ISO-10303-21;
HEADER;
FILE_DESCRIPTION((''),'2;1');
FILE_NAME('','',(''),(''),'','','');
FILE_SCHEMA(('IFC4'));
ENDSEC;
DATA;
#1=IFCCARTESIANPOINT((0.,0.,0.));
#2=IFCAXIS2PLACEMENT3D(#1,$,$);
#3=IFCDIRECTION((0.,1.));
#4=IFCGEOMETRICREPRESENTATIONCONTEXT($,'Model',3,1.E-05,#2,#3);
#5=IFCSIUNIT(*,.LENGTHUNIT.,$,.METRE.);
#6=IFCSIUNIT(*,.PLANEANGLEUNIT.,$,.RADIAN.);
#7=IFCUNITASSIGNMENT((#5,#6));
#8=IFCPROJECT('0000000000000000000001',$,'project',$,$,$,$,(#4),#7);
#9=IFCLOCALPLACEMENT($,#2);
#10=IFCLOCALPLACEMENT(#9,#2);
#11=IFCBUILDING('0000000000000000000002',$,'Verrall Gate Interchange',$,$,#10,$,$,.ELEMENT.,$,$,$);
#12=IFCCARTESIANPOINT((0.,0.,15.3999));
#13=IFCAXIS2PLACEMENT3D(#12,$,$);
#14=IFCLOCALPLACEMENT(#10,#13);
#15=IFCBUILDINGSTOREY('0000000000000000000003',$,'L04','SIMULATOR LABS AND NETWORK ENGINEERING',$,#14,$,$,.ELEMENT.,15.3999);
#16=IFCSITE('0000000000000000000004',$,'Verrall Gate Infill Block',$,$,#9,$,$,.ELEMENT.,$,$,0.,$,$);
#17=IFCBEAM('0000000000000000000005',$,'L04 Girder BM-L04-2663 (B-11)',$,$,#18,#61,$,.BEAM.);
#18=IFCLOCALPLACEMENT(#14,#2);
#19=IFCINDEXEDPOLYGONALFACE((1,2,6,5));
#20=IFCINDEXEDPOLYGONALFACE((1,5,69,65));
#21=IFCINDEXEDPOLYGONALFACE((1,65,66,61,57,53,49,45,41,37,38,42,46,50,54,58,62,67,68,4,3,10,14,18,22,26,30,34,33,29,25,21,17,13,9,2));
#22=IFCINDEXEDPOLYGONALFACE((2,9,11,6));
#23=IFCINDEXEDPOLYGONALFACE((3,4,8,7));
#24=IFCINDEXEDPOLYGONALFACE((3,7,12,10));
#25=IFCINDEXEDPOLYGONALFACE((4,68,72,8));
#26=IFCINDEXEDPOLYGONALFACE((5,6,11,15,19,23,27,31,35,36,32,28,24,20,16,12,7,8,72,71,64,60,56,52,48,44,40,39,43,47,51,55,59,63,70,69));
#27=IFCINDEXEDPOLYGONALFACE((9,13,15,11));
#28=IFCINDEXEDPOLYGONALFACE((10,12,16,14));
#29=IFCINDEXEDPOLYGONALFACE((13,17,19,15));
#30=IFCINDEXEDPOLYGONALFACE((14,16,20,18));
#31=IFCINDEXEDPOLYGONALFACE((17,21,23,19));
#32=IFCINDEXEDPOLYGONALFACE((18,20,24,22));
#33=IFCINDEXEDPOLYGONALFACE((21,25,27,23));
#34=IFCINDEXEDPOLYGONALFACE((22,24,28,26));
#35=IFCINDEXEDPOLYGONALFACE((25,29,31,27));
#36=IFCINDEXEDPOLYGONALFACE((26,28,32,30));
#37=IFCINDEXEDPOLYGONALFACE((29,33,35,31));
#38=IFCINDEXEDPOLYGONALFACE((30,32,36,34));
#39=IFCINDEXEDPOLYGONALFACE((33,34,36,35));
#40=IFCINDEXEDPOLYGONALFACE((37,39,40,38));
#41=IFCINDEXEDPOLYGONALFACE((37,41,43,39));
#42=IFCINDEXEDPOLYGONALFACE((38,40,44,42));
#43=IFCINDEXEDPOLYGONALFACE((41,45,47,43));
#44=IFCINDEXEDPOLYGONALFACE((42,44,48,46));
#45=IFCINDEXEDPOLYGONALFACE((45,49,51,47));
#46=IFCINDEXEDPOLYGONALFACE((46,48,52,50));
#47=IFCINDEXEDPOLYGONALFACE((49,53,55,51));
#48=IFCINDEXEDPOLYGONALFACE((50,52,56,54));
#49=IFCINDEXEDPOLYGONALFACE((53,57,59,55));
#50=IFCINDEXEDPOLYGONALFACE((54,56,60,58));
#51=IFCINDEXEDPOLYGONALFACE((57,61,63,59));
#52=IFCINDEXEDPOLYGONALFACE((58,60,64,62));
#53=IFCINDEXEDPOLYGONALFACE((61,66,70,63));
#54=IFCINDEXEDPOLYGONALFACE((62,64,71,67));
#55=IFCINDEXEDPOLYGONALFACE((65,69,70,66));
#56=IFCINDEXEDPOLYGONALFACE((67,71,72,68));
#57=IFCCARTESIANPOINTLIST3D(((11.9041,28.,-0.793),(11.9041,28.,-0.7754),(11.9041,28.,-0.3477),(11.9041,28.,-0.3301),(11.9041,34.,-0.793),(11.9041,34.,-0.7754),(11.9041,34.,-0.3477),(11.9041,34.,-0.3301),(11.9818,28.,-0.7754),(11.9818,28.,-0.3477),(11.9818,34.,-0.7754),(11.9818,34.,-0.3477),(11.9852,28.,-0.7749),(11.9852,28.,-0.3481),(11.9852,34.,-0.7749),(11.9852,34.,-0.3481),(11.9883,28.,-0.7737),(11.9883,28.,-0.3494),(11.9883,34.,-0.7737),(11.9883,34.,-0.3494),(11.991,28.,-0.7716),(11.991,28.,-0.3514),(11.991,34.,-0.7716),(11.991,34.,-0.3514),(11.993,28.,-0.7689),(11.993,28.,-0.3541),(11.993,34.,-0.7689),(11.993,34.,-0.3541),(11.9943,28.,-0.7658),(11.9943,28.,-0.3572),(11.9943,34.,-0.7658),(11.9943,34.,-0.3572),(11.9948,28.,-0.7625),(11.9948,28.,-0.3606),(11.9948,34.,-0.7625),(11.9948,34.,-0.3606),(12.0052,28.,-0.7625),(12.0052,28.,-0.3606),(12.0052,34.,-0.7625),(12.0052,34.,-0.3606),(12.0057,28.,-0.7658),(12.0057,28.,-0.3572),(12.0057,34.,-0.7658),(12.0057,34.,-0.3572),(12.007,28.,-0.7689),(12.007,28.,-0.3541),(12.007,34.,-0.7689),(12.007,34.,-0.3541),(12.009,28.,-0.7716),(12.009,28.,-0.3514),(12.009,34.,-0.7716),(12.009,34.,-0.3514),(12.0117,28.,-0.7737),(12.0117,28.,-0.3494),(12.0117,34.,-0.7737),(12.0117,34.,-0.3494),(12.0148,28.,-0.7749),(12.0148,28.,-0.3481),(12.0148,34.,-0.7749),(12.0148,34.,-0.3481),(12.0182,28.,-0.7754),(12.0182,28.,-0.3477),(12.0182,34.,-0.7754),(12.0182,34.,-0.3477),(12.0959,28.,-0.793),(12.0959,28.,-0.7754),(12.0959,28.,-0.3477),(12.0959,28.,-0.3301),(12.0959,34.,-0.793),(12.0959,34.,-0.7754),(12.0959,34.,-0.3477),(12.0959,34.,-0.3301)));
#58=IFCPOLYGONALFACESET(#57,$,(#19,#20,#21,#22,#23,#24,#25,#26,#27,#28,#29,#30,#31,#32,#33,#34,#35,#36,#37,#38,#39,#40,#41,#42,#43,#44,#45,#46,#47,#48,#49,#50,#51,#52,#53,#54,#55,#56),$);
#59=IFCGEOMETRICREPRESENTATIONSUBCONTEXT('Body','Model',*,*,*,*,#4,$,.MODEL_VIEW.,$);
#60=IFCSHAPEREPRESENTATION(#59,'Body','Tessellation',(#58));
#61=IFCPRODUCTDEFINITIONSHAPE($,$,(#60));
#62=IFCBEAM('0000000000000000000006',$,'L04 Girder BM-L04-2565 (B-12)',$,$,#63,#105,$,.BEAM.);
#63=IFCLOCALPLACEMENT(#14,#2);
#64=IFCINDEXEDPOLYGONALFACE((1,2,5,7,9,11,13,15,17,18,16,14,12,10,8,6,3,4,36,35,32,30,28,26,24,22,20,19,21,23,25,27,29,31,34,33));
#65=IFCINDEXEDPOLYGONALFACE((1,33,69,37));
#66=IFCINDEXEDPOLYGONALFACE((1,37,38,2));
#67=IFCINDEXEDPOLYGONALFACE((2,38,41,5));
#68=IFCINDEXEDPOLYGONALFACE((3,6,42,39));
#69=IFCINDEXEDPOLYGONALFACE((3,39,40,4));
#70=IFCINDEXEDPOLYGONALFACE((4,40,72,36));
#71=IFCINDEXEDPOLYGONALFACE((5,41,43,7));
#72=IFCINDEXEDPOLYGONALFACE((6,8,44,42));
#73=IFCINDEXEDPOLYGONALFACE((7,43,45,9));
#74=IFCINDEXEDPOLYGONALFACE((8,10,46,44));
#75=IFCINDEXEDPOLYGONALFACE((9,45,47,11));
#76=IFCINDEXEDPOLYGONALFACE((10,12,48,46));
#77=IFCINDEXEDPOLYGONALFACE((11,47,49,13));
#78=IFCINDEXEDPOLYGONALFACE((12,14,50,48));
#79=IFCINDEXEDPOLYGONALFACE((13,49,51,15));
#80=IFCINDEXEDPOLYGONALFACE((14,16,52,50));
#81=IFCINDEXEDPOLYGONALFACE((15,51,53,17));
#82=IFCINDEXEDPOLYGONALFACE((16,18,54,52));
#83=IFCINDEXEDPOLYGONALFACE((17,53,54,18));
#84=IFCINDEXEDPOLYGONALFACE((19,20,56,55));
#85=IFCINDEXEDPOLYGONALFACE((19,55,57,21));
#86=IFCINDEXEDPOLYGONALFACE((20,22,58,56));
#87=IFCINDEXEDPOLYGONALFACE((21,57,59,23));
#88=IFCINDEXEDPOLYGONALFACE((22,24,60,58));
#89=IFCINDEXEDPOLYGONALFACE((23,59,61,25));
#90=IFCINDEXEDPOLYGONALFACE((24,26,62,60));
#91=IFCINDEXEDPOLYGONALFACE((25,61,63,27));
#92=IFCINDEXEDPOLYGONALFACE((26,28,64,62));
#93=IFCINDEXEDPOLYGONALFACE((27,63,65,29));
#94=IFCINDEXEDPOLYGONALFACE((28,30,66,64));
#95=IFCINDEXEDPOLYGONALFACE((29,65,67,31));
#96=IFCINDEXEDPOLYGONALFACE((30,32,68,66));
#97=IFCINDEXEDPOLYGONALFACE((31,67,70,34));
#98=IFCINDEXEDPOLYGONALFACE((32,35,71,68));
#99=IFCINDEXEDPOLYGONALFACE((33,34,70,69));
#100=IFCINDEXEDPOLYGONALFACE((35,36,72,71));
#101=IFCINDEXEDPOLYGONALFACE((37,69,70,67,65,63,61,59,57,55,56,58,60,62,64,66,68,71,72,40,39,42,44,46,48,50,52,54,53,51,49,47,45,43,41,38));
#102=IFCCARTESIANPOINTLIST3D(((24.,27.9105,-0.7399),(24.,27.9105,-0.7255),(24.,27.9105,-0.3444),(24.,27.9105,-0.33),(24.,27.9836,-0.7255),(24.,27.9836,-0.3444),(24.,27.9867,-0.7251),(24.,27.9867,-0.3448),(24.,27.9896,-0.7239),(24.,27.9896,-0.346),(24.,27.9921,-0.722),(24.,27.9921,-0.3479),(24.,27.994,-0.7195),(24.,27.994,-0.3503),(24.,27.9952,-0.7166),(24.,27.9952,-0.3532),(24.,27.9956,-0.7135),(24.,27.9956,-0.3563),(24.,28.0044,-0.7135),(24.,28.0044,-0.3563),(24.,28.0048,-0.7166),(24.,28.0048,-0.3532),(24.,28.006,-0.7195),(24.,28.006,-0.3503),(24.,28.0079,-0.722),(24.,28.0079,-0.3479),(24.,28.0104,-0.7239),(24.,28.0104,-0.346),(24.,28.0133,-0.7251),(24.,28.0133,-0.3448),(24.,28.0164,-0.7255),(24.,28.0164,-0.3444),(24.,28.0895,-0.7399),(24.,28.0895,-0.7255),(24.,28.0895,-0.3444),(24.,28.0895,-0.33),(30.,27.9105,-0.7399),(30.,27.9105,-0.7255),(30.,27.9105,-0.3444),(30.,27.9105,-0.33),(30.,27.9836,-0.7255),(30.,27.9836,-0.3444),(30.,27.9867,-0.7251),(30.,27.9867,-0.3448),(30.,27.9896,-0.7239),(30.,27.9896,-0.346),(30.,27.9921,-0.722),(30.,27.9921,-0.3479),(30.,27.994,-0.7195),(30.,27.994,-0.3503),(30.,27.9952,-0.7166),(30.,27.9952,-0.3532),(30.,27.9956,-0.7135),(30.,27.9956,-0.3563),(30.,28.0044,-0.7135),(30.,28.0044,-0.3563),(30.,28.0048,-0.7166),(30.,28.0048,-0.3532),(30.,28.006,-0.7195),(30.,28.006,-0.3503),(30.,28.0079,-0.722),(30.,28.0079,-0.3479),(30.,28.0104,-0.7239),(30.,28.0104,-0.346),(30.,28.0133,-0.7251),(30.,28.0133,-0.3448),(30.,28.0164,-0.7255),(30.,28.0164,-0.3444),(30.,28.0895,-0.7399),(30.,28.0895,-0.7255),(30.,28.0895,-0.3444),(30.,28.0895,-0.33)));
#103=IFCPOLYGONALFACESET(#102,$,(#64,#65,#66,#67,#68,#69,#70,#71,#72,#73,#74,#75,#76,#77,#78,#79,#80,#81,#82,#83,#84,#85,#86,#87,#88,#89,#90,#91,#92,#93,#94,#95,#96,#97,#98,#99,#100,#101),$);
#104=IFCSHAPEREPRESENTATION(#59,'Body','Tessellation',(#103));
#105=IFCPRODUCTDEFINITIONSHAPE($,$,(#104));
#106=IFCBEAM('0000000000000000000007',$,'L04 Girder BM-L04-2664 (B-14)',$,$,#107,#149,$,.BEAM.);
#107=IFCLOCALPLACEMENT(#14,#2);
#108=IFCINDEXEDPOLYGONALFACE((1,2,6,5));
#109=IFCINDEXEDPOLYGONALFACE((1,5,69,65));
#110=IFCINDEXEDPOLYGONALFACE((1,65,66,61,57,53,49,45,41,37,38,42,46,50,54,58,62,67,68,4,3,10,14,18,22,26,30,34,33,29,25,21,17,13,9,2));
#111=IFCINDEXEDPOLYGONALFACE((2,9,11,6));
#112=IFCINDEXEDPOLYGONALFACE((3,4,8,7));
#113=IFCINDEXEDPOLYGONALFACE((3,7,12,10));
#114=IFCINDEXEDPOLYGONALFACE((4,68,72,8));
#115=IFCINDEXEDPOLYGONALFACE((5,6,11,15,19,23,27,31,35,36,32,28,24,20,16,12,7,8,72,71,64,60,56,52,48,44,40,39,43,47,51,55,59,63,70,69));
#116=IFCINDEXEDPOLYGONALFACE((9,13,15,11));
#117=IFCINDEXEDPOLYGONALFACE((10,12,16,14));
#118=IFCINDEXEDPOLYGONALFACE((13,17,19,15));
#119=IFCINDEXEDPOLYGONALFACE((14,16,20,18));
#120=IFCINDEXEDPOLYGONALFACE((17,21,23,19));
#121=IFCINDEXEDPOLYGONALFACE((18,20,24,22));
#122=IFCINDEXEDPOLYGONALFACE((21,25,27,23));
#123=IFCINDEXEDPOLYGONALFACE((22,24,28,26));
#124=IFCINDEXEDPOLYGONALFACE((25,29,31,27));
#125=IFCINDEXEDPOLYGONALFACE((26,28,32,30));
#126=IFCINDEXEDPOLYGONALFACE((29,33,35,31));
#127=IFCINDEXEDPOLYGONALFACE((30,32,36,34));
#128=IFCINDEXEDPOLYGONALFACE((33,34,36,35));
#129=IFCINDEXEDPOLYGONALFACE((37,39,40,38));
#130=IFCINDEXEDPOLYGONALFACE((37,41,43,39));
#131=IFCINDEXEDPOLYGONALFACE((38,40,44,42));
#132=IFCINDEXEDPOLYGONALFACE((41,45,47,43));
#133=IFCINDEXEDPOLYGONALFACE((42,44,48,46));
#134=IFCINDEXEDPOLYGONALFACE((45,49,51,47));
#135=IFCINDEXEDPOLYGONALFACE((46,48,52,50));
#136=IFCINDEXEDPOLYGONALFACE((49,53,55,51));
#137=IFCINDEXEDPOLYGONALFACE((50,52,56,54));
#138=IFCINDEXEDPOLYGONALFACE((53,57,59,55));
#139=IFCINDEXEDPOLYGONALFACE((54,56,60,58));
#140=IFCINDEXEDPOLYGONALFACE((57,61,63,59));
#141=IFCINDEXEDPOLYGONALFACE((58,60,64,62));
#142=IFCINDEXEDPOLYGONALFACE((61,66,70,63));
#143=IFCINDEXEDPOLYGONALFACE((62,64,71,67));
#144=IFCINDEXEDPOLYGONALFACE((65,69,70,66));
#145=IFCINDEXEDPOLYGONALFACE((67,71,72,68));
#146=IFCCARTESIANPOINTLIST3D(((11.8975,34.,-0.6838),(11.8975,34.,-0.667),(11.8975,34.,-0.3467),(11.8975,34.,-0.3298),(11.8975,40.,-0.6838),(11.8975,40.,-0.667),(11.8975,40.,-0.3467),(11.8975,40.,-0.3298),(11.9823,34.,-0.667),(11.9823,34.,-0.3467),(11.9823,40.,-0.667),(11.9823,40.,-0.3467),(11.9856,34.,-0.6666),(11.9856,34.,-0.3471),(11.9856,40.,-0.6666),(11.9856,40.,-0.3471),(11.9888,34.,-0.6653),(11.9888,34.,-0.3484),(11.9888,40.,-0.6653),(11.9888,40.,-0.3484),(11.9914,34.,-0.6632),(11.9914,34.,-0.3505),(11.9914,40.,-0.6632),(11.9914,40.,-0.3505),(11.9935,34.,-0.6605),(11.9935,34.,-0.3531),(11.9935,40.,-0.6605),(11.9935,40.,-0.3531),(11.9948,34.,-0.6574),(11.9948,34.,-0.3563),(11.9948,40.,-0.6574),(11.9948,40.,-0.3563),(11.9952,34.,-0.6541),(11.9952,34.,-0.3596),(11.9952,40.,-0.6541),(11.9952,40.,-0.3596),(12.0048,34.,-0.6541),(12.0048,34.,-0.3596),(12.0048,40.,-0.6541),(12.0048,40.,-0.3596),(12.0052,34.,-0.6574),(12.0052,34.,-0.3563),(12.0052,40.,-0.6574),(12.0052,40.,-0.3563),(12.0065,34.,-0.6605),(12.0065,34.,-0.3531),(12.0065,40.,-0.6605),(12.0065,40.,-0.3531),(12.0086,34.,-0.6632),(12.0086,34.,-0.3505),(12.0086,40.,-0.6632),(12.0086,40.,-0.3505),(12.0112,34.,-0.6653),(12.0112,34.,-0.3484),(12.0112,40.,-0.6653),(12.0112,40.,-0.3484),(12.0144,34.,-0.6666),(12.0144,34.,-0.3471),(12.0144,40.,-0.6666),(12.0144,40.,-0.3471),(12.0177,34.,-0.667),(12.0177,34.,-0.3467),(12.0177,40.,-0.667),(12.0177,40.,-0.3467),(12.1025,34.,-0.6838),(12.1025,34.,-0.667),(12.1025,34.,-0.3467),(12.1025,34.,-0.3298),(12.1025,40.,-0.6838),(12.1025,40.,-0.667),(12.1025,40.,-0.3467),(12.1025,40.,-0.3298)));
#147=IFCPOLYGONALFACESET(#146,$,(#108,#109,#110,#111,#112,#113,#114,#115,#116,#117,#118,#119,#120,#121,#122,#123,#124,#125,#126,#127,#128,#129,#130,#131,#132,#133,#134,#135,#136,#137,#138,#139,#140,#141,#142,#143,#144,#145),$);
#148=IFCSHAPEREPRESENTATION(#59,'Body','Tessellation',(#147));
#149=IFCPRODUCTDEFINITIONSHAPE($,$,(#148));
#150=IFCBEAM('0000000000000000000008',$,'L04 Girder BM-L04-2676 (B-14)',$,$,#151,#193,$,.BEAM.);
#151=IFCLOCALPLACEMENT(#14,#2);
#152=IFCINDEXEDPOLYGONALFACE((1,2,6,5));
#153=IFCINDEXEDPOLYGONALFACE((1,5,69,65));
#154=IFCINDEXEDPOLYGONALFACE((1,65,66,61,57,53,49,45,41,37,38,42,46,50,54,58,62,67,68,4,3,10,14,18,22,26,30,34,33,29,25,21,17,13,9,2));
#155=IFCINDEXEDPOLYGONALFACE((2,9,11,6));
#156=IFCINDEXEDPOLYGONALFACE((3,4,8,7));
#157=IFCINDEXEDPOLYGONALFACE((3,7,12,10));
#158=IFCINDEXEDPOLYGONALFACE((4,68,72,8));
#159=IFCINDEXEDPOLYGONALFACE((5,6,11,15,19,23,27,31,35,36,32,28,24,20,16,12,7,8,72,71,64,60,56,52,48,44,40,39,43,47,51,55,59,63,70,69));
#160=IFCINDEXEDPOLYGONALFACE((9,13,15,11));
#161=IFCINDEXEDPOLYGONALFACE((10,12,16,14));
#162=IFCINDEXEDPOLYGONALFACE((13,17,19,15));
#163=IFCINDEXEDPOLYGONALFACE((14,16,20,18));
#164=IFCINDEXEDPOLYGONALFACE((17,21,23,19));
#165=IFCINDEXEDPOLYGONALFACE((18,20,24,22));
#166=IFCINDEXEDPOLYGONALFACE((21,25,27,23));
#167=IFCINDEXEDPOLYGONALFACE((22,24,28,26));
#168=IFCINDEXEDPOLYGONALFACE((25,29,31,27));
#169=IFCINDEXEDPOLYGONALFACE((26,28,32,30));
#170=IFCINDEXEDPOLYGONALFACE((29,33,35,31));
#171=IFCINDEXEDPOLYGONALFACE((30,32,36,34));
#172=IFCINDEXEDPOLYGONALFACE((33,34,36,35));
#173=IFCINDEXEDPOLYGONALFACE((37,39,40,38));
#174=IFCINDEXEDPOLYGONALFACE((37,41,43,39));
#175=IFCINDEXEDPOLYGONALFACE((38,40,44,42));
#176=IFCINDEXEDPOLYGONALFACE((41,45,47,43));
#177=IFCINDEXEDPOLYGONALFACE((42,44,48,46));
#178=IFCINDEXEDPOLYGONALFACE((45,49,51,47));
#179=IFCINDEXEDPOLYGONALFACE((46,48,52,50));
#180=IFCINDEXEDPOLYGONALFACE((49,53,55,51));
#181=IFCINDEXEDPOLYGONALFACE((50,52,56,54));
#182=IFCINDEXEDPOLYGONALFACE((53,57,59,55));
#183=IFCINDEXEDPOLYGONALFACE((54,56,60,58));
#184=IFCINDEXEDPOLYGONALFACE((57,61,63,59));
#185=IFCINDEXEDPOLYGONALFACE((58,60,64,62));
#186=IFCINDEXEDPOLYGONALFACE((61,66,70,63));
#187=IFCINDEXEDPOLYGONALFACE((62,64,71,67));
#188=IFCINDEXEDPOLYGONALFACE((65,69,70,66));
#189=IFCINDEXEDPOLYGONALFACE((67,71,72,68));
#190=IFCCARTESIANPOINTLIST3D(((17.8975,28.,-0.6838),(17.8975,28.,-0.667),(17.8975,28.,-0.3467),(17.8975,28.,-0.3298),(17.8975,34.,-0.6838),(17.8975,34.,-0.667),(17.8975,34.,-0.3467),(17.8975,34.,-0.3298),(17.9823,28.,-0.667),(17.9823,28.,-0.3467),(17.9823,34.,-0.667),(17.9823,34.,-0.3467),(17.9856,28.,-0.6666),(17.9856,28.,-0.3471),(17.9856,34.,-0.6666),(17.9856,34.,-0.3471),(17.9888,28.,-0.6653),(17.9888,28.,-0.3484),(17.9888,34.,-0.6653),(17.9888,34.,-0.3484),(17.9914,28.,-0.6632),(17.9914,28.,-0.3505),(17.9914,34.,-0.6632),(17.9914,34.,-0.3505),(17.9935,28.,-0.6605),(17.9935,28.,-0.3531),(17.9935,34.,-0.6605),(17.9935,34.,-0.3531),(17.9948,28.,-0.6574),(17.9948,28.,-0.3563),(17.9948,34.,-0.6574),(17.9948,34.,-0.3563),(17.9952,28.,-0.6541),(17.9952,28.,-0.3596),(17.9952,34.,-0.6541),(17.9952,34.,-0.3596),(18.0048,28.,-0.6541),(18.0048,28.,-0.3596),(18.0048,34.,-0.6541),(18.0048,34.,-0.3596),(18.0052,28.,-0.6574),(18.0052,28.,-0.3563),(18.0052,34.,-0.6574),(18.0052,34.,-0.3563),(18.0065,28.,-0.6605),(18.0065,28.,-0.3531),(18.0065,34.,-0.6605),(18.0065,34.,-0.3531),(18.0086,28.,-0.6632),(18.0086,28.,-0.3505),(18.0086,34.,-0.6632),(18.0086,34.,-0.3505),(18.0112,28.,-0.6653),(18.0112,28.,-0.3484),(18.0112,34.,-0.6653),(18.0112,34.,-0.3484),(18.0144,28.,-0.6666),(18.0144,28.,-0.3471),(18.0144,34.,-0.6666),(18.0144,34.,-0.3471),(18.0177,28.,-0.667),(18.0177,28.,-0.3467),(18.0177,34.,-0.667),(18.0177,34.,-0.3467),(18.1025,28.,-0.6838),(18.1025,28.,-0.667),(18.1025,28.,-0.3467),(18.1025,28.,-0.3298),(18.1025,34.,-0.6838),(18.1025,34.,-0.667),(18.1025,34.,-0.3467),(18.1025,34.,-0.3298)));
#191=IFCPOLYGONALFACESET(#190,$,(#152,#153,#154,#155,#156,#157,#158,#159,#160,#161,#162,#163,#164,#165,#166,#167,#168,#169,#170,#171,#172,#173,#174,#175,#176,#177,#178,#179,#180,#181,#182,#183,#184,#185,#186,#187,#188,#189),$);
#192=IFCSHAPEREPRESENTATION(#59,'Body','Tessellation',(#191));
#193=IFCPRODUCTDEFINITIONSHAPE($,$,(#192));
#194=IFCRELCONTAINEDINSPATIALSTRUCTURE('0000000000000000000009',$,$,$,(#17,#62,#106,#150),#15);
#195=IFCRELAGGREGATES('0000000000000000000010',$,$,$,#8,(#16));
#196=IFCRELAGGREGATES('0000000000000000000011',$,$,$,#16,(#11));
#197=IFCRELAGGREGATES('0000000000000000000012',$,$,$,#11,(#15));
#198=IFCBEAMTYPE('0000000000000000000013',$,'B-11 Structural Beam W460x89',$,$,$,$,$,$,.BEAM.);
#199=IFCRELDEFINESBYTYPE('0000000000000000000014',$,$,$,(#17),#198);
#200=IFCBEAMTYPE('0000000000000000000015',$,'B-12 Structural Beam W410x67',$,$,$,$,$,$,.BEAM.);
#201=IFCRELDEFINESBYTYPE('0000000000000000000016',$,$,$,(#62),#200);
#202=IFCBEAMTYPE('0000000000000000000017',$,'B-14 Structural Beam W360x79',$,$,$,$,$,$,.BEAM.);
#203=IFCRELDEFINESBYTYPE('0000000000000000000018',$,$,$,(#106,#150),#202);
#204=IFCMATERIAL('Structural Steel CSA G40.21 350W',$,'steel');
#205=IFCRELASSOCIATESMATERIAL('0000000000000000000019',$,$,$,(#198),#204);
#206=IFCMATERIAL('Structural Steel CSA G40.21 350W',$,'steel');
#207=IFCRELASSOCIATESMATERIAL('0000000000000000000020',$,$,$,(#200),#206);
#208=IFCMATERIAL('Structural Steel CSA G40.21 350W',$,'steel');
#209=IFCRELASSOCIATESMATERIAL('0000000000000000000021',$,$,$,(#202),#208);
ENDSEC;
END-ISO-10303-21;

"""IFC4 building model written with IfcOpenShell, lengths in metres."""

from ifc_helpers import new_model, si_unit, direction, frame, origin, origin_2d, place, context, subcontext, project, spatial, i_section, extrude, material, material_profile, profile_set, type_object, element, save


model = new_model("IFC4")

# Units and contexts
model_context = context("Model", 3, precision=1e-05, world=origin(), true_north=direction((0.0, 1.0)))
body_context = subcontext(model_context, "Body", "Model", "MODEL_VIEW")
ifc_project = project(units=[si_unit("LENGTHUNIT", "METRE"), si_unit("PLANEANGLEUNIT", "RADIAN")], contexts=[model_context])

# Site, building, storey
site_placement = place(None, origin())
site = spatial("IfcSite", under=ifc_project, at=site_placement, Name="Verrall Gate Infill Block", CompositionType="ELEMENT", RefElevation=0.0)
building_placement = place(site_placement, origin())
building = spatial("IfcBuilding", under=site, at=building_placement, Name="Verrall Gate Interchange", CompositionType="ELEMENT")
storey_placement = place(building_placement, frame((0.0, 0.0, 15.3999)))
storey = spatial("IfcBuildingStorey", under=building, at=storey_placement, Name="L04", Description="SIMULATOR LABS AND NETWORK ENGINEERING", CompositionType="ELEMENT", Elevation=15.3999)

# Beams
ifc_material_1 = material(Name="Structural Steel CSA G40.21 350W", Category="steel")
ifc_material_profile_1 = material_profile(ifc_material_1, i_section(OverallWidth=0.1919, OverallDepth=0.4629, WebThickness=0.0105, FlangeThickness=0.0176, FilletRadius=0.0129, at=origin_2d()), Name="W460x89")
ifc_profile_set_1 = profile_set([ifc_material_profile_1], Name="Structural Steel CSA G40.21 350W")
beam_type_1 = type_object("IfcBeamType", Name="B-11 Structural Beam W460x89", PredefinedType="BEAM", material=ifc_profile_set_1)
for number, where, z_axis, x_axis, name in (
    (1, (12.0, 28.0, -0.5615), (0.0, 1.0, 0.0), (-1.0, 0.0, 0.0), "L04 Girder BM-L04-2663 (B-11)"),
):
    element("IfcBeam", number, at=place(storey_placement, frame(where, z_axis=z_axis, x_axis=x_axis)), inside=storey, type_object=beam_type_1, Name=name, PredefinedType="BEAM", context=body_context, shape_type="SweptSolid", body=[
        extrude(i_section(OverallWidth=0.1919, OverallDepth=0.4629, WebThickness=0.0105, FlangeThickness=0.0176, FilletRadius=0.0129, at=origin_2d()), origin(), (0.0, 0.0, 1.0), 6.0),
    ])
ifc_material_2 = material(Name="Structural Steel CSA G40.21 350W", Category="steel")
ifc_material_profile_2 = material_profile(ifc_material_2, i_section(OverallWidth=0.179, OverallDepth=0.4099, WebThickness=0.0088, FlangeThickness=0.0144, FilletRadius=0.012, at=origin_2d()), Name="W410x67")
ifc_profile_set_2 = profile_set([ifc_material_profile_2], Name="Structural Steel CSA G40.21 350W")
beam_type_2 = type_object("IfcBeamType", Name="B-12 Structural Beam W410x67", PredefinedType="BEAM", material=ifc_profile_set_2)
beam_1_placement = place(storey_placement, frame((24.0, 28.0, -0.5349), z_axis=(1.0, 0.0, 0.0), x_axis=(0.0, 1.0, 0.0)))
element("IfcBeam", 2, at=beam_1_placement, inside=storey, type_object=beam_type_2, Name="L04 Girder BM-L04-2565 (B-12)", PredefinedType="BEAM", context=body_context, shape_type="SweptSolid", body=[
    extrude(i_section(OverallWidth=0.179, OverallDepth=0.4099, WebThickness=0.0088, FlangeThickness=0.0144, FilletRadius=0.012, at=origin_2d()), origin(), (0.0, 0.0, 1.0), 6.0),
])
ifc_material_3 = material(Name="Structural Steel CSA G40.21 350W", Category="steel")
ifc_material_profile_3 = material_profile(ifc_material_3, i_section(OverallWidth=0.2051, OverallDepth=0.354, WebThickness=0.0095, FlangeThickness=0.0168, FilletRadius=0.0129, at=origin_2d()), Name="W360x79")
ifc_profile_set_3 = profile_set([ifc_material_profile_3], Name="Structural Steel CSA G40.21 350W")
beam_type_3 = type_object("IfcBeamType", Name="B-14 Structural Beam W360x79", PredefinedType="BEAM", material=ifc_profile_set_3)
for number, where, z_axis, x_axis, name in (
    (3, (12.0, 34.0, -0.5068), (0.0, 1.0, 0.0), (-1.0, 0.0, 0.0), "L04 Girder BM-L04-2664 (B-14)"),
    (4, (18.0, 28.0, -0.5068), (0.0, 1.0, 0.0), (-1.0, 0.0, 0.0), "L04 Girder BM-L04-2676 (B-14)"),
):
    element("IfcBeam", number, at=place(storey_placement, frame(where, z_axis=z_axis, x_axis=x_axis)), inside=storey, type_object=beam_type_3, Name=name, PredefinedType="BEAM", context=body_context, shape_type="SweptSolid", body=[
        extrude(i_section(OverallWidth=0.2051, OverallDepth=0.354, WebThickness=0.0095, FlangeThickness=0.0168, FilletRadius=0.0129, at=origin_2d()), origin(), (0.0, 0.0, 1.0), 6.0),
    ])

save(model, "model.ifc")
